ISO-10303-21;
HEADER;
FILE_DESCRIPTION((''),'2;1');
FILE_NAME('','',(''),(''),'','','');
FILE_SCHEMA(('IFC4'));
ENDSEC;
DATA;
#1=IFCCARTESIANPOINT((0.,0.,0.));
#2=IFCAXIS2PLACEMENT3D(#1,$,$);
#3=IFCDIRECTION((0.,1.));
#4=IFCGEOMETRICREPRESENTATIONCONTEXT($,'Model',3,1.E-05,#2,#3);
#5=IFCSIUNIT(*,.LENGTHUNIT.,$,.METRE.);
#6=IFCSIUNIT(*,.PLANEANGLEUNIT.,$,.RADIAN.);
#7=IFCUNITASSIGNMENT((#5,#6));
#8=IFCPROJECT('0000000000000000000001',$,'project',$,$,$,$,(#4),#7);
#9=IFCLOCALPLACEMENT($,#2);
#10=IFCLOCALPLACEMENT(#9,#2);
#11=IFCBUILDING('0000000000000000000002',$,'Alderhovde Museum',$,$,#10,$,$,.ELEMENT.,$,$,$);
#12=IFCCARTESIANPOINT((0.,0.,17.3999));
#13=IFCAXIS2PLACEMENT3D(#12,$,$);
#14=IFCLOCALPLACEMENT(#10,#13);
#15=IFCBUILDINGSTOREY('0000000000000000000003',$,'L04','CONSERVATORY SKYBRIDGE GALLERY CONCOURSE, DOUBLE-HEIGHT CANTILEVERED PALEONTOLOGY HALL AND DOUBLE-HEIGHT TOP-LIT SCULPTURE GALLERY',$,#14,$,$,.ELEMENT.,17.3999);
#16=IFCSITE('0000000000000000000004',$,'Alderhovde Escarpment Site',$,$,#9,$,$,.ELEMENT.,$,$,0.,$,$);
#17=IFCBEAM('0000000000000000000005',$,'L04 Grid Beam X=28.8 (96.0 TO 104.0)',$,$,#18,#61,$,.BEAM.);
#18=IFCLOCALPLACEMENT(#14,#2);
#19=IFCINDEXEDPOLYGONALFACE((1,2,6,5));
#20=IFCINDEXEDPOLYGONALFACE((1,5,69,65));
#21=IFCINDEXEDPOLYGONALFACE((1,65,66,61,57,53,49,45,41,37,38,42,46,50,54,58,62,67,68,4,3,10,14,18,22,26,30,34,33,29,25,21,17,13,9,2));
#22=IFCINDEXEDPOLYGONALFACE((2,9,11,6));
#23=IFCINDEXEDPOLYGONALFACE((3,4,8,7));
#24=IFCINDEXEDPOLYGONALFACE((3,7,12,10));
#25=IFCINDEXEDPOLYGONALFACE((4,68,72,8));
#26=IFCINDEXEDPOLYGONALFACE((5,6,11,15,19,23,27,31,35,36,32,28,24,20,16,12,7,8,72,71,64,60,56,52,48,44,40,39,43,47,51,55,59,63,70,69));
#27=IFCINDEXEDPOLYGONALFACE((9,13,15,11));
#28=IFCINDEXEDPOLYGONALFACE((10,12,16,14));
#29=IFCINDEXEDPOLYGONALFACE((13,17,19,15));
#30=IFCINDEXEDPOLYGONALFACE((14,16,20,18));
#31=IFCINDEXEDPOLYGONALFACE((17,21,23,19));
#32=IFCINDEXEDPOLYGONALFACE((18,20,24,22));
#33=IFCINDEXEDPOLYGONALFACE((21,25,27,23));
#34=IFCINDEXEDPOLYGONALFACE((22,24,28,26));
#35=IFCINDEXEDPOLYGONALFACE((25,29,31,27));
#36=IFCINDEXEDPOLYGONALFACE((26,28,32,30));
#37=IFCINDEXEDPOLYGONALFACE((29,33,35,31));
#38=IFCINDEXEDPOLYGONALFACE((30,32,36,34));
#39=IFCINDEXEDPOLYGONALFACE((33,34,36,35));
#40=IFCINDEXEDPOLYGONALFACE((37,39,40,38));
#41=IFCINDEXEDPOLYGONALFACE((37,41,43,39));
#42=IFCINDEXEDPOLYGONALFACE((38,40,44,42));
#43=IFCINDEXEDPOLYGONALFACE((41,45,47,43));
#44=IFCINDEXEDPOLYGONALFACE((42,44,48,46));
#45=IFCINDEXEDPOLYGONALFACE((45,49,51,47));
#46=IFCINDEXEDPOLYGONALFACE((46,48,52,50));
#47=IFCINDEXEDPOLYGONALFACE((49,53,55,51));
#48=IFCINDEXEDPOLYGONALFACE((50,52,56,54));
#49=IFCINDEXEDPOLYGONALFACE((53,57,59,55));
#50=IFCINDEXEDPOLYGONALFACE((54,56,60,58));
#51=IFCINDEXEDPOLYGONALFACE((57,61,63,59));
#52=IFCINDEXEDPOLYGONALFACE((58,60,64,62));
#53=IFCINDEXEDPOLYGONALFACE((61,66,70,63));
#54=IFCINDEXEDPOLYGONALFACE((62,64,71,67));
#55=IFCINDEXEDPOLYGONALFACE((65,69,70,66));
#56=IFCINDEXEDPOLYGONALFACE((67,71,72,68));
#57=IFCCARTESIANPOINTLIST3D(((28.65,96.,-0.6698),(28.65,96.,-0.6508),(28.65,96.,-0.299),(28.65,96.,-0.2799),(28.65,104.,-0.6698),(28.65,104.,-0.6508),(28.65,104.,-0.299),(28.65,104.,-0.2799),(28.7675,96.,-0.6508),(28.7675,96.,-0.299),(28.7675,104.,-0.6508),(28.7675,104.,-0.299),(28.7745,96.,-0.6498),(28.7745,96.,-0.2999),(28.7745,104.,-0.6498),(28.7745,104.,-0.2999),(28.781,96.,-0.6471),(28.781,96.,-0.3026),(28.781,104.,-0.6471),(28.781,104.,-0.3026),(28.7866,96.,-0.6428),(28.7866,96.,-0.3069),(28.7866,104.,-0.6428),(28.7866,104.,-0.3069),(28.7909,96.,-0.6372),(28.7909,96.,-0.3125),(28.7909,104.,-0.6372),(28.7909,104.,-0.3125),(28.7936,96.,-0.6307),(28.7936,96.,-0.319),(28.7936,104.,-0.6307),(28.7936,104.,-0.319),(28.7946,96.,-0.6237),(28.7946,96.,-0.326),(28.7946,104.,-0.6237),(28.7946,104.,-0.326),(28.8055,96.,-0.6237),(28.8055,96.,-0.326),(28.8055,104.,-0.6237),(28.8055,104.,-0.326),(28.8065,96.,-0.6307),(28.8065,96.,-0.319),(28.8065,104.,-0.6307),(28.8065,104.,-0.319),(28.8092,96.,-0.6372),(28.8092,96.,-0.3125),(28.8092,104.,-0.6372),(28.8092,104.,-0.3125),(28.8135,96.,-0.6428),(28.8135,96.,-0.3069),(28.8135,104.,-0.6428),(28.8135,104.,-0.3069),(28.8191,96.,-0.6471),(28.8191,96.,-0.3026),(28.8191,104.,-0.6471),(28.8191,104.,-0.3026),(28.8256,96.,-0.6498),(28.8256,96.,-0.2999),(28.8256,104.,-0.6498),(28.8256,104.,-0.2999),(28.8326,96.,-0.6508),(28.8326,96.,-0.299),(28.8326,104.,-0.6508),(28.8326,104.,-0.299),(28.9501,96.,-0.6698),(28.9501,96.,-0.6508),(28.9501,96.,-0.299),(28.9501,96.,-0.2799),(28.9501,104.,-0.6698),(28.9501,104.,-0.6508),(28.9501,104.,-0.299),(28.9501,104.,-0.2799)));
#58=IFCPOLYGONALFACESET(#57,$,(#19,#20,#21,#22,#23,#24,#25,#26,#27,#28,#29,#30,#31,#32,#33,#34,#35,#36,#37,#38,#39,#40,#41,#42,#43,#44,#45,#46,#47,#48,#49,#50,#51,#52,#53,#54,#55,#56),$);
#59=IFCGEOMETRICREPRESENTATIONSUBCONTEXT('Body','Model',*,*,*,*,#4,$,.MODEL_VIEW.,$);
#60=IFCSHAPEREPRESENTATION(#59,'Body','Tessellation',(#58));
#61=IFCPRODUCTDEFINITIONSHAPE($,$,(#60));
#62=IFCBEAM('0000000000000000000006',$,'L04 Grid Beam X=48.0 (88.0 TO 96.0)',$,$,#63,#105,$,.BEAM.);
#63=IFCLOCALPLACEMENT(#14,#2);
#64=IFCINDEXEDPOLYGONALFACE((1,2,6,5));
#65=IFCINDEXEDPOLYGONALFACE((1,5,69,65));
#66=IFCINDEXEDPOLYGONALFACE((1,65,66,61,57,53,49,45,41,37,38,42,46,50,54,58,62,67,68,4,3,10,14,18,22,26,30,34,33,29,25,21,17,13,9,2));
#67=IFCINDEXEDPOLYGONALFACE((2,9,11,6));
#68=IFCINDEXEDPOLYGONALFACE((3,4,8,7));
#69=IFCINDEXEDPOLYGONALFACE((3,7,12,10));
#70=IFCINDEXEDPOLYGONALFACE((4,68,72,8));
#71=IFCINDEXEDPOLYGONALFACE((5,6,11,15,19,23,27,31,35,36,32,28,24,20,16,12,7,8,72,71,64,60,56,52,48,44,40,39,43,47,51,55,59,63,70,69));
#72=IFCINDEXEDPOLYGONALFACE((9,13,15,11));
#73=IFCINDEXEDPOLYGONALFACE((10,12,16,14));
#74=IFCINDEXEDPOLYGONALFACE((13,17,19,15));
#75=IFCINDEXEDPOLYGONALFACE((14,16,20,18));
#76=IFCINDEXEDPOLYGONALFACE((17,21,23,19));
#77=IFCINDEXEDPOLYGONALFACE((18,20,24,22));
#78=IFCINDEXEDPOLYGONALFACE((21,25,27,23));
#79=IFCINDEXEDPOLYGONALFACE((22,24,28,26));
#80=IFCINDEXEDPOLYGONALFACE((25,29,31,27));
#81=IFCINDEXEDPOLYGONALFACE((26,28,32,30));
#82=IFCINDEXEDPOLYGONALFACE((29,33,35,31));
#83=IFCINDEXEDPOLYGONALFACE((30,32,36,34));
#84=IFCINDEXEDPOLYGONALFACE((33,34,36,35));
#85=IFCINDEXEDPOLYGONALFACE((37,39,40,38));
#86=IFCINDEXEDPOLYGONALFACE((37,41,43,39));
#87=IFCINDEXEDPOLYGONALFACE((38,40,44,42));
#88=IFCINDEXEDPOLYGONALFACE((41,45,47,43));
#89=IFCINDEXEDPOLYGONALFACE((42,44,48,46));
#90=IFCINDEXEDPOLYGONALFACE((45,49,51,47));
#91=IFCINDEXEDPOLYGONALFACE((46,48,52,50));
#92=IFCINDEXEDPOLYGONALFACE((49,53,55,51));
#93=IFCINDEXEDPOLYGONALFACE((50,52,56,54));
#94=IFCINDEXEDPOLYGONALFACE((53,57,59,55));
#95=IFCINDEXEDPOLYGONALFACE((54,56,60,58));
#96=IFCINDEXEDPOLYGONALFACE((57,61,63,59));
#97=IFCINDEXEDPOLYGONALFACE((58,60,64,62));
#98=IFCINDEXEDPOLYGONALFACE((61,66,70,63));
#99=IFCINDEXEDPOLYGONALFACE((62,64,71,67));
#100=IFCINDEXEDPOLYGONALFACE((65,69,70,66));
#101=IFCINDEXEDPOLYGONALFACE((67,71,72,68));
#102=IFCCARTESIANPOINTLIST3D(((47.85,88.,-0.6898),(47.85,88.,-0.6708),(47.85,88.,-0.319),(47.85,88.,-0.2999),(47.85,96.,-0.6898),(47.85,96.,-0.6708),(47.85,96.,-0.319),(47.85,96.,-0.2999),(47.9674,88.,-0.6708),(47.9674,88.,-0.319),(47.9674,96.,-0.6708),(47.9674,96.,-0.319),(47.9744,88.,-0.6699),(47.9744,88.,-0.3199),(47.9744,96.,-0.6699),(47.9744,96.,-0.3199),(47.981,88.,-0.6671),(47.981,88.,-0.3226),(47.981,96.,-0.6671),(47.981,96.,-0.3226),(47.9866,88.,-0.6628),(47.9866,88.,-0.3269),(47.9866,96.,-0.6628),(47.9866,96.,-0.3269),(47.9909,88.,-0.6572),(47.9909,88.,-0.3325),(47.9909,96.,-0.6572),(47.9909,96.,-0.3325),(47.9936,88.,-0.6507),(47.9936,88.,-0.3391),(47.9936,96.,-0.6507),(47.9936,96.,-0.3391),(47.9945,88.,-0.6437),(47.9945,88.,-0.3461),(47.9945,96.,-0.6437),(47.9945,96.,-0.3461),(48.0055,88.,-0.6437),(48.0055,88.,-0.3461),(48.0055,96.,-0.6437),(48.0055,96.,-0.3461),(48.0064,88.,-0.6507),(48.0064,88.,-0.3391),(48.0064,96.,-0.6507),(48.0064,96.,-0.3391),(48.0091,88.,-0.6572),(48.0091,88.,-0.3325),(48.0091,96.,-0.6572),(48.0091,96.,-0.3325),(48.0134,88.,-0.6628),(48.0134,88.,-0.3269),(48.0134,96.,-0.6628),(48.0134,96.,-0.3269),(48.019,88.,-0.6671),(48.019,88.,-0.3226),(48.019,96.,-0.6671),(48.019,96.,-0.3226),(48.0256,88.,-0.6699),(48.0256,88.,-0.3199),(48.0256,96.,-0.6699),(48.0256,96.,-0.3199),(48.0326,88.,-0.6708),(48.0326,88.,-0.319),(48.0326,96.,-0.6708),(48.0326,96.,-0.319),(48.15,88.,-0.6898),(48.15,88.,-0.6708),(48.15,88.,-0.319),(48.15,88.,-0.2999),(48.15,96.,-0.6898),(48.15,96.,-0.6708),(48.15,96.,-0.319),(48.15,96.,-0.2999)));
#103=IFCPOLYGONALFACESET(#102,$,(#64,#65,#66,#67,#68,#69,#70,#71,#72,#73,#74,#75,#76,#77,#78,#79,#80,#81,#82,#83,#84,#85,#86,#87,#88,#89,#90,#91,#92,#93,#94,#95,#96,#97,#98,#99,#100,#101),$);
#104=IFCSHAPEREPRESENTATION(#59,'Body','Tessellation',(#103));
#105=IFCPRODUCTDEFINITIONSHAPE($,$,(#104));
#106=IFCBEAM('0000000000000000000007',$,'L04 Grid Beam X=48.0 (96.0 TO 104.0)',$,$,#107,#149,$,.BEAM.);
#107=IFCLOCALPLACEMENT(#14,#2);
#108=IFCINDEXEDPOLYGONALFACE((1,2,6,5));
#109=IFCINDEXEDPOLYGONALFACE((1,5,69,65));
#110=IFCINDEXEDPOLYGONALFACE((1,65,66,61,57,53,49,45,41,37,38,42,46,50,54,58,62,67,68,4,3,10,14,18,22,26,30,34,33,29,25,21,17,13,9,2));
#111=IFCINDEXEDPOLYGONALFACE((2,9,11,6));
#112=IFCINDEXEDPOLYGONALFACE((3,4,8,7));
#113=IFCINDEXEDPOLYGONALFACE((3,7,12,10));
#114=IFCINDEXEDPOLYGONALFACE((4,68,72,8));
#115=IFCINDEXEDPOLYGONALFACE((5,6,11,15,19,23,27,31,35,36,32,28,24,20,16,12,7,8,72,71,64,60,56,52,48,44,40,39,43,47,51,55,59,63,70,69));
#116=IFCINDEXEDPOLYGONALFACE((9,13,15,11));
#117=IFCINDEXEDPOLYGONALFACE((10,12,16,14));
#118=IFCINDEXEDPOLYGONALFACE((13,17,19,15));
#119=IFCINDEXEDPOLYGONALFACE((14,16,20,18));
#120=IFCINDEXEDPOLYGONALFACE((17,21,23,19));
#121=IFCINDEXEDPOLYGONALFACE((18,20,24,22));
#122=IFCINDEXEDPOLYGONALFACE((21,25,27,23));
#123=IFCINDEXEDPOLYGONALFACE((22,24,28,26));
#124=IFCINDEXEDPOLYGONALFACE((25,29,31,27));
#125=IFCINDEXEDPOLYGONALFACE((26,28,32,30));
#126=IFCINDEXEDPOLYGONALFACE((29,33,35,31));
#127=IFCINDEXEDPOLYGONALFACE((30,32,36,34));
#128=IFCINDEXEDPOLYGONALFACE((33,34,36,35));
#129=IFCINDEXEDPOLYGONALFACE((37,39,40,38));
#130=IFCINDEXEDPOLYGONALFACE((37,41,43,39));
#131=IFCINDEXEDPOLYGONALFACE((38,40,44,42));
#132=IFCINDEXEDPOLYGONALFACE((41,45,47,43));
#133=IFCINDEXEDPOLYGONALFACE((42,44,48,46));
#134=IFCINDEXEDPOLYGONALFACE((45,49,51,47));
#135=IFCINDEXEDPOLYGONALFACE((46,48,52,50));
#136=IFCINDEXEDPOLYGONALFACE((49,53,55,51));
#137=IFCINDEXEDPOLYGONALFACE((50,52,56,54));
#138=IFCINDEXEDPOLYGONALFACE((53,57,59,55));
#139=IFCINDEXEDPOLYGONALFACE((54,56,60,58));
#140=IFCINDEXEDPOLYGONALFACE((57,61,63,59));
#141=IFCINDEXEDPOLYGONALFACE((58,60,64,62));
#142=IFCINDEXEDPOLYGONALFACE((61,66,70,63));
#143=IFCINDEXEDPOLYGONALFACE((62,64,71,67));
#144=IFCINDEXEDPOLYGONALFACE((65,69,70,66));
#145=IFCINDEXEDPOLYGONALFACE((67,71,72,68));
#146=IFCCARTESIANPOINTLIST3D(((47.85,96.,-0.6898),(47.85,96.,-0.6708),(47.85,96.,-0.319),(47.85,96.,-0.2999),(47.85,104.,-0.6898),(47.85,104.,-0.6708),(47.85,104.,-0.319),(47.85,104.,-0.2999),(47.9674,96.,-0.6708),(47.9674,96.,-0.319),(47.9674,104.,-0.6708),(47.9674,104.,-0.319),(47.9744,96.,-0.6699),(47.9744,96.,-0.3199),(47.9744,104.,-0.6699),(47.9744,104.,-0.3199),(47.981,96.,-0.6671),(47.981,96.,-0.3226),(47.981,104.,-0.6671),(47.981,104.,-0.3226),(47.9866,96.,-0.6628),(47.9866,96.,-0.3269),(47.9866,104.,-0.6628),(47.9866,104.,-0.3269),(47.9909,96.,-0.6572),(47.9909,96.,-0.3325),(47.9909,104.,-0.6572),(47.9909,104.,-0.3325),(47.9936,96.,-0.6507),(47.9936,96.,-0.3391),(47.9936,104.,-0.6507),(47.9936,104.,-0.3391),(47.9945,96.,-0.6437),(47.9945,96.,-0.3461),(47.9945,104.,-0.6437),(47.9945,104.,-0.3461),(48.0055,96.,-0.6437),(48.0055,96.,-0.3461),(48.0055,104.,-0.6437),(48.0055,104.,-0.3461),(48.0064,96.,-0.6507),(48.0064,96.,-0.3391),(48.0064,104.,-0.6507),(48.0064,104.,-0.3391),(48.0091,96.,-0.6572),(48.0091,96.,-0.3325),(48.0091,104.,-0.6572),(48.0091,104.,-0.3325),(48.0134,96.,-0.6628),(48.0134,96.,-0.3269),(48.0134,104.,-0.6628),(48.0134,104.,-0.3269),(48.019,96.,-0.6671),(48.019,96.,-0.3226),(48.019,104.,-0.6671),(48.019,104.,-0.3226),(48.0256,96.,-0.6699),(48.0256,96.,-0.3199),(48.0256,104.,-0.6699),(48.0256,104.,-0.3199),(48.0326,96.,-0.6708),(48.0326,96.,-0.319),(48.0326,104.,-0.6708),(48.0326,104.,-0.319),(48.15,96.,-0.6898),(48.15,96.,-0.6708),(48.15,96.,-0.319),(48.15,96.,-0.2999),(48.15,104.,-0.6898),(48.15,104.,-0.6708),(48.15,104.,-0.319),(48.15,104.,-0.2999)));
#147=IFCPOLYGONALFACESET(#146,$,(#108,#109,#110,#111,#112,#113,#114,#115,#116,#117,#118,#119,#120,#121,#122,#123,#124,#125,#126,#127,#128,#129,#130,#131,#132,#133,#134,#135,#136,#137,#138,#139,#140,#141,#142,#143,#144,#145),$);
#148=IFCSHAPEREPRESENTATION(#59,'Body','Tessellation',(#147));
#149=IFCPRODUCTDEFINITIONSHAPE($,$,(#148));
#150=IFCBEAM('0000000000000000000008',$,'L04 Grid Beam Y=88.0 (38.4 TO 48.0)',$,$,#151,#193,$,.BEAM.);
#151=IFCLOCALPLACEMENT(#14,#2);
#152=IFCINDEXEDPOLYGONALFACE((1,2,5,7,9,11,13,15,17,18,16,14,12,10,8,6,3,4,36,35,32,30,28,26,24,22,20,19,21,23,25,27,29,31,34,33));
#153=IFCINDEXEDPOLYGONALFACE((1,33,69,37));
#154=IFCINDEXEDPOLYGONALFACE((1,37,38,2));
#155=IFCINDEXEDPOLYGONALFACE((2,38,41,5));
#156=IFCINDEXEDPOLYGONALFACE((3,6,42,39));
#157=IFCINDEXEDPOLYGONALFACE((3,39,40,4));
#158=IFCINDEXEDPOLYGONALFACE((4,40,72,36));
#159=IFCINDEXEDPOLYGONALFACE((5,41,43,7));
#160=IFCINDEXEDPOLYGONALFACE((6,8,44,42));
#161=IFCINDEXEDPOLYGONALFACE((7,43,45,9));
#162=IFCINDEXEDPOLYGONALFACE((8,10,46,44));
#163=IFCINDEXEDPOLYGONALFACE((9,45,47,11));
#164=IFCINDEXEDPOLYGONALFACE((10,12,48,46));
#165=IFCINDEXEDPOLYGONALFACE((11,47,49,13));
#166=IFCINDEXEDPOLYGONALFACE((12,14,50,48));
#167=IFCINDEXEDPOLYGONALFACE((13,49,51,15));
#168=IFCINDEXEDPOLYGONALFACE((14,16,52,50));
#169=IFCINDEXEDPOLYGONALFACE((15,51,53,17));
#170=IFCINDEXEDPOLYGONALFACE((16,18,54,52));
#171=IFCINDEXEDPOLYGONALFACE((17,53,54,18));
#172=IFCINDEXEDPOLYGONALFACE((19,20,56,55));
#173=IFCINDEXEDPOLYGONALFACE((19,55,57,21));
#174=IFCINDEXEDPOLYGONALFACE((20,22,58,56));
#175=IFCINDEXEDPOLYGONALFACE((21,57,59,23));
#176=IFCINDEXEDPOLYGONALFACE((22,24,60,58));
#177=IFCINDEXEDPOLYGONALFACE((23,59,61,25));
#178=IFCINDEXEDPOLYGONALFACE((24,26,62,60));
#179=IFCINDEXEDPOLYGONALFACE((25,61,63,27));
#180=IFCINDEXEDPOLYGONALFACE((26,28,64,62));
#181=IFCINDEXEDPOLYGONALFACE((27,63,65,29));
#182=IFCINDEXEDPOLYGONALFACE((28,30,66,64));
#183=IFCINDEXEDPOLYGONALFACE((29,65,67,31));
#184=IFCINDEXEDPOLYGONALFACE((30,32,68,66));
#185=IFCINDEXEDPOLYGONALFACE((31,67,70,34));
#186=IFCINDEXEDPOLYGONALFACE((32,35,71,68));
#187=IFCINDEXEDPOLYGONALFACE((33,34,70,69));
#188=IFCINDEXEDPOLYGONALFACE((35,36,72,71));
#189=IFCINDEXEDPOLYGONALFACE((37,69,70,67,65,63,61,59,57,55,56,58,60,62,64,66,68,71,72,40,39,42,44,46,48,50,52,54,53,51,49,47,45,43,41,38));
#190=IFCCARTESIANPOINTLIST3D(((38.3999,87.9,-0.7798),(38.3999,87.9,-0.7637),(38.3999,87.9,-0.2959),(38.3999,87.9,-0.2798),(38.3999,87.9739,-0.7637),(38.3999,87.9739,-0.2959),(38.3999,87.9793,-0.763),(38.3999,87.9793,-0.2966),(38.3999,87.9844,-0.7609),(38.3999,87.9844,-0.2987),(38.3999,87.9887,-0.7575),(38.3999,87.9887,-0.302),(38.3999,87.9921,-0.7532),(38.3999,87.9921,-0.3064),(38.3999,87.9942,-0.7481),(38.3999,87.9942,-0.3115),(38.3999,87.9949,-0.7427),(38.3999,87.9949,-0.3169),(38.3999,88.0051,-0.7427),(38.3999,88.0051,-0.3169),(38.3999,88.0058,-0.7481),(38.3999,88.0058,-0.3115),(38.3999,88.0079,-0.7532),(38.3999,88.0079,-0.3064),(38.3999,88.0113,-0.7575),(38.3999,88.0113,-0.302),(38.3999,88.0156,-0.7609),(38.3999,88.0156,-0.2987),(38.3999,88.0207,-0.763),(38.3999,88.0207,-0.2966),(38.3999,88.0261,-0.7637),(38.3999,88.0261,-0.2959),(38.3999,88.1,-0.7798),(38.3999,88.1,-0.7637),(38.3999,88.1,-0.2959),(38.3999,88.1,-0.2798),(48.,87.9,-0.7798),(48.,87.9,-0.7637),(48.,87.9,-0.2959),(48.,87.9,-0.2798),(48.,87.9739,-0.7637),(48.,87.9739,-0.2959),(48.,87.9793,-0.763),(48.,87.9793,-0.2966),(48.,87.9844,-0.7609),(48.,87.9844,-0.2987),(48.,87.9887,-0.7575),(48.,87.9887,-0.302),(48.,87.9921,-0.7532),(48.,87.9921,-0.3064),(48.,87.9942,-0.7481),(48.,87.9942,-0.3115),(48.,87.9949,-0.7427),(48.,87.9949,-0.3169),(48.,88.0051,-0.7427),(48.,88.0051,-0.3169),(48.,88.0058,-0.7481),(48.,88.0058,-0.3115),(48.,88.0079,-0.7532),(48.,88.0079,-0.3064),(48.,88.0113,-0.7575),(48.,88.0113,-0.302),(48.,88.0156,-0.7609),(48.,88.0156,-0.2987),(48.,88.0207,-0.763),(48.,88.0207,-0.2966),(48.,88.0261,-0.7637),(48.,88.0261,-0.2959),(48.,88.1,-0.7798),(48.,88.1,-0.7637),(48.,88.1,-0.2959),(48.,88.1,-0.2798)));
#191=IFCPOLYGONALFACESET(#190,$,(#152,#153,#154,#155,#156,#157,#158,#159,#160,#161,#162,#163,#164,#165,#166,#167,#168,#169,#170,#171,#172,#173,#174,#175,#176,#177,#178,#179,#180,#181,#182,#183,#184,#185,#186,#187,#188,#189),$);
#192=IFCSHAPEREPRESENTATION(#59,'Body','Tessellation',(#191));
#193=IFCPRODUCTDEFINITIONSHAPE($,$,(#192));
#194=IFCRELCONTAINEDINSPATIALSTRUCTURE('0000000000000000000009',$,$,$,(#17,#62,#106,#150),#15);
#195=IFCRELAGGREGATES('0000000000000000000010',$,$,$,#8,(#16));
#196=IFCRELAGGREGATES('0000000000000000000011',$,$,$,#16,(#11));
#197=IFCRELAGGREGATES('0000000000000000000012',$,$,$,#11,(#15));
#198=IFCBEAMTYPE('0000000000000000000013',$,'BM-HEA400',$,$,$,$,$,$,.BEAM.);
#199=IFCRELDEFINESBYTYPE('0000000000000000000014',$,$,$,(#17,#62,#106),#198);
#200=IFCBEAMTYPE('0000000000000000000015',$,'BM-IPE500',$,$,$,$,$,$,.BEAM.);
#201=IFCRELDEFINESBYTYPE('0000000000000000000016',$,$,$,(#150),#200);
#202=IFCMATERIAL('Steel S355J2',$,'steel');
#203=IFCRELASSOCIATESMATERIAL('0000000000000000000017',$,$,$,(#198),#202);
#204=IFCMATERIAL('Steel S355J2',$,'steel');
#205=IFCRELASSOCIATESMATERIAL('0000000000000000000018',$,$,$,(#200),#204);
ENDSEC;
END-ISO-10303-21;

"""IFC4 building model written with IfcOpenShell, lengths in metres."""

from ifc_helpers import new_model, si_unit, direction, frame, origin, origin_2d, place, context, subcontext, project, spatial, i_section, extrude, material, material_profile, profile_set, type_object, element, save


model = new_model("IFC4")

# Units and contexts
model_context = context("Model", 3, precision=1e-05, world=origin(), true_north=direction((0.0, 1.0)))
body_context = subcontext(model_context, "Body", "Model", "MODEL_VIEW")
ifc_project = project(units=[si_unit("LENGTHUNIT", "METRE"), si_unit("PLANEANGLEUNIT", "RADIAN")], contexts=[model_context])

# Site, building, storey
site_placement = place(None, origin())
site = spatial("IfcSite", under=ifc_project, at=site_placement, Name="Alderhovde Escarpment Site", CompositionType="ELEMENT", RefElevation=0.0)
building_placement = place(site_placement, origin())
building = spatial("IfcBuilding", under=site, at=building_placement, Name="Alderhovde Museum", CompositionType="ELEMENT")
storey_placement = place(building_placement, frame((0.0, 0.0, 17.3999)))
storey = spatial("IfcBuildingStorey", under=building, at=storey_placement, Name="L04", Description="CONSERVATORY SKYBRIDGE GALLERY CONCOURSE, DOUBLE-HEIGHT CANTILEVERED PALEONTOLOGY HALL AND DOUBLE-HEIGHT TOP-LIT SCULPTURE GALLERY", CompositionType="ELEMENT", Elevation=17.3999)

# Beams
ifc_material_1 = material(Name="Steel S355J2", Category="steel")
ifc_material_profile_1 = material_profile(ifc_material_1, i_section(OverallWidth=0.3, OverallDepth=0.3899, WebThickness=0.011, FlangeThickness=0.019, FilletRadius=0.0271, at=origin_2d()), Name="HEA 400")
ifc_profile_set_1 = profile_set([ifc_material_profile_1], Name="Steel S355J2")
beam_type_1 = type_object("IfcBeamType", Name="BM-HEA400", PredefinedType="BEAM", material=ifc_profile_set_1)
for number, where, z_axis, x_axis, name in (
    (1, (28.8, 96.0, -0.4749), (0.0, 1.0, 0.0), (-1.0, 0.0, 0.0), "L04 Grid Beam X=28.8 (96.0 TO 104.0)"),
    (2, (48.0, 88.0, -0.4949), (0.0, 1.0, 0.0), (-1.0, 0.0, 0.0), "L04 Grid Beam X=48.0 (88.0 TO 96.0)"),
    (3, (48.0, 96.0, -0.4949), (0.0, 1.0, 0.0), (-1.0, 0.0, 0.0), "L04 Grid Beam X=48.0 (96.0 TO 104.0)"),
):
    element("IfcBeam", number, at=place(storey_placement, frame(where, z_axis=z_axis, x_axis=x_axis)), inside=storey, type_object=beam_type_1, Name=name, PredefinedType="BEAM", context=body_context, shape_type="SweptSolid", body=[
        extrude(i_section(OverallWidth=0.3, OverallDepth=0.3899, WebThickness=0.011, FlangeThickness=0.019, FilletRadius=0.0271, at=origin_2d()), origin(), (0.0, 0.0, 1.0), 8.0),
    ])
ifc_material_2 = material(Name="Steel S355J2", Category="steel")
ifc_material_profile_2 = material_profile(ifc_material_2, i_section(OverallWidth=0.2, OverallDepth=0.5, WebThickness=0.0103, FlangeThickness=0.0161, FilletRadius=0.021, at=origin_2d()), Name="IPE 500")
ifc_profile_set_2 = profile_set([ifc_material_profile_2], Name="Steel S355J2")
beam_type_2 = type_object("IfcBeamType", Name="BM-IPE500", PredefinedType="BEAM", material=ifc_profile_set_2)
beam_1_placement = place(storey_placement, frame((38.3999, 88.0, -0.5298), z_axis=(1.0, 0.0, 0.0), x_axis=(0.0, 1.0, 0.0)))
element("IfcBeam", 4, at=beam_1_placement, inside=storey, type_object=beam_type_2, Name="L04 Grid Beam Y=88.0 (38.4 TO 48.0)", PredefinedType="BEAM", context=body_context, shape_type="SweptSolid", body=[
    extrude(i_section(OverallWidth=0.2, OverallDepth=0.5, WebThickness=0.0103, FlangeThickness=0.0161, FilletRadius=0.021, at=origin_2d()), origin(), (0.0, 0.0, 1.0), 9.6001),
])

save(model, "model.ifc")
